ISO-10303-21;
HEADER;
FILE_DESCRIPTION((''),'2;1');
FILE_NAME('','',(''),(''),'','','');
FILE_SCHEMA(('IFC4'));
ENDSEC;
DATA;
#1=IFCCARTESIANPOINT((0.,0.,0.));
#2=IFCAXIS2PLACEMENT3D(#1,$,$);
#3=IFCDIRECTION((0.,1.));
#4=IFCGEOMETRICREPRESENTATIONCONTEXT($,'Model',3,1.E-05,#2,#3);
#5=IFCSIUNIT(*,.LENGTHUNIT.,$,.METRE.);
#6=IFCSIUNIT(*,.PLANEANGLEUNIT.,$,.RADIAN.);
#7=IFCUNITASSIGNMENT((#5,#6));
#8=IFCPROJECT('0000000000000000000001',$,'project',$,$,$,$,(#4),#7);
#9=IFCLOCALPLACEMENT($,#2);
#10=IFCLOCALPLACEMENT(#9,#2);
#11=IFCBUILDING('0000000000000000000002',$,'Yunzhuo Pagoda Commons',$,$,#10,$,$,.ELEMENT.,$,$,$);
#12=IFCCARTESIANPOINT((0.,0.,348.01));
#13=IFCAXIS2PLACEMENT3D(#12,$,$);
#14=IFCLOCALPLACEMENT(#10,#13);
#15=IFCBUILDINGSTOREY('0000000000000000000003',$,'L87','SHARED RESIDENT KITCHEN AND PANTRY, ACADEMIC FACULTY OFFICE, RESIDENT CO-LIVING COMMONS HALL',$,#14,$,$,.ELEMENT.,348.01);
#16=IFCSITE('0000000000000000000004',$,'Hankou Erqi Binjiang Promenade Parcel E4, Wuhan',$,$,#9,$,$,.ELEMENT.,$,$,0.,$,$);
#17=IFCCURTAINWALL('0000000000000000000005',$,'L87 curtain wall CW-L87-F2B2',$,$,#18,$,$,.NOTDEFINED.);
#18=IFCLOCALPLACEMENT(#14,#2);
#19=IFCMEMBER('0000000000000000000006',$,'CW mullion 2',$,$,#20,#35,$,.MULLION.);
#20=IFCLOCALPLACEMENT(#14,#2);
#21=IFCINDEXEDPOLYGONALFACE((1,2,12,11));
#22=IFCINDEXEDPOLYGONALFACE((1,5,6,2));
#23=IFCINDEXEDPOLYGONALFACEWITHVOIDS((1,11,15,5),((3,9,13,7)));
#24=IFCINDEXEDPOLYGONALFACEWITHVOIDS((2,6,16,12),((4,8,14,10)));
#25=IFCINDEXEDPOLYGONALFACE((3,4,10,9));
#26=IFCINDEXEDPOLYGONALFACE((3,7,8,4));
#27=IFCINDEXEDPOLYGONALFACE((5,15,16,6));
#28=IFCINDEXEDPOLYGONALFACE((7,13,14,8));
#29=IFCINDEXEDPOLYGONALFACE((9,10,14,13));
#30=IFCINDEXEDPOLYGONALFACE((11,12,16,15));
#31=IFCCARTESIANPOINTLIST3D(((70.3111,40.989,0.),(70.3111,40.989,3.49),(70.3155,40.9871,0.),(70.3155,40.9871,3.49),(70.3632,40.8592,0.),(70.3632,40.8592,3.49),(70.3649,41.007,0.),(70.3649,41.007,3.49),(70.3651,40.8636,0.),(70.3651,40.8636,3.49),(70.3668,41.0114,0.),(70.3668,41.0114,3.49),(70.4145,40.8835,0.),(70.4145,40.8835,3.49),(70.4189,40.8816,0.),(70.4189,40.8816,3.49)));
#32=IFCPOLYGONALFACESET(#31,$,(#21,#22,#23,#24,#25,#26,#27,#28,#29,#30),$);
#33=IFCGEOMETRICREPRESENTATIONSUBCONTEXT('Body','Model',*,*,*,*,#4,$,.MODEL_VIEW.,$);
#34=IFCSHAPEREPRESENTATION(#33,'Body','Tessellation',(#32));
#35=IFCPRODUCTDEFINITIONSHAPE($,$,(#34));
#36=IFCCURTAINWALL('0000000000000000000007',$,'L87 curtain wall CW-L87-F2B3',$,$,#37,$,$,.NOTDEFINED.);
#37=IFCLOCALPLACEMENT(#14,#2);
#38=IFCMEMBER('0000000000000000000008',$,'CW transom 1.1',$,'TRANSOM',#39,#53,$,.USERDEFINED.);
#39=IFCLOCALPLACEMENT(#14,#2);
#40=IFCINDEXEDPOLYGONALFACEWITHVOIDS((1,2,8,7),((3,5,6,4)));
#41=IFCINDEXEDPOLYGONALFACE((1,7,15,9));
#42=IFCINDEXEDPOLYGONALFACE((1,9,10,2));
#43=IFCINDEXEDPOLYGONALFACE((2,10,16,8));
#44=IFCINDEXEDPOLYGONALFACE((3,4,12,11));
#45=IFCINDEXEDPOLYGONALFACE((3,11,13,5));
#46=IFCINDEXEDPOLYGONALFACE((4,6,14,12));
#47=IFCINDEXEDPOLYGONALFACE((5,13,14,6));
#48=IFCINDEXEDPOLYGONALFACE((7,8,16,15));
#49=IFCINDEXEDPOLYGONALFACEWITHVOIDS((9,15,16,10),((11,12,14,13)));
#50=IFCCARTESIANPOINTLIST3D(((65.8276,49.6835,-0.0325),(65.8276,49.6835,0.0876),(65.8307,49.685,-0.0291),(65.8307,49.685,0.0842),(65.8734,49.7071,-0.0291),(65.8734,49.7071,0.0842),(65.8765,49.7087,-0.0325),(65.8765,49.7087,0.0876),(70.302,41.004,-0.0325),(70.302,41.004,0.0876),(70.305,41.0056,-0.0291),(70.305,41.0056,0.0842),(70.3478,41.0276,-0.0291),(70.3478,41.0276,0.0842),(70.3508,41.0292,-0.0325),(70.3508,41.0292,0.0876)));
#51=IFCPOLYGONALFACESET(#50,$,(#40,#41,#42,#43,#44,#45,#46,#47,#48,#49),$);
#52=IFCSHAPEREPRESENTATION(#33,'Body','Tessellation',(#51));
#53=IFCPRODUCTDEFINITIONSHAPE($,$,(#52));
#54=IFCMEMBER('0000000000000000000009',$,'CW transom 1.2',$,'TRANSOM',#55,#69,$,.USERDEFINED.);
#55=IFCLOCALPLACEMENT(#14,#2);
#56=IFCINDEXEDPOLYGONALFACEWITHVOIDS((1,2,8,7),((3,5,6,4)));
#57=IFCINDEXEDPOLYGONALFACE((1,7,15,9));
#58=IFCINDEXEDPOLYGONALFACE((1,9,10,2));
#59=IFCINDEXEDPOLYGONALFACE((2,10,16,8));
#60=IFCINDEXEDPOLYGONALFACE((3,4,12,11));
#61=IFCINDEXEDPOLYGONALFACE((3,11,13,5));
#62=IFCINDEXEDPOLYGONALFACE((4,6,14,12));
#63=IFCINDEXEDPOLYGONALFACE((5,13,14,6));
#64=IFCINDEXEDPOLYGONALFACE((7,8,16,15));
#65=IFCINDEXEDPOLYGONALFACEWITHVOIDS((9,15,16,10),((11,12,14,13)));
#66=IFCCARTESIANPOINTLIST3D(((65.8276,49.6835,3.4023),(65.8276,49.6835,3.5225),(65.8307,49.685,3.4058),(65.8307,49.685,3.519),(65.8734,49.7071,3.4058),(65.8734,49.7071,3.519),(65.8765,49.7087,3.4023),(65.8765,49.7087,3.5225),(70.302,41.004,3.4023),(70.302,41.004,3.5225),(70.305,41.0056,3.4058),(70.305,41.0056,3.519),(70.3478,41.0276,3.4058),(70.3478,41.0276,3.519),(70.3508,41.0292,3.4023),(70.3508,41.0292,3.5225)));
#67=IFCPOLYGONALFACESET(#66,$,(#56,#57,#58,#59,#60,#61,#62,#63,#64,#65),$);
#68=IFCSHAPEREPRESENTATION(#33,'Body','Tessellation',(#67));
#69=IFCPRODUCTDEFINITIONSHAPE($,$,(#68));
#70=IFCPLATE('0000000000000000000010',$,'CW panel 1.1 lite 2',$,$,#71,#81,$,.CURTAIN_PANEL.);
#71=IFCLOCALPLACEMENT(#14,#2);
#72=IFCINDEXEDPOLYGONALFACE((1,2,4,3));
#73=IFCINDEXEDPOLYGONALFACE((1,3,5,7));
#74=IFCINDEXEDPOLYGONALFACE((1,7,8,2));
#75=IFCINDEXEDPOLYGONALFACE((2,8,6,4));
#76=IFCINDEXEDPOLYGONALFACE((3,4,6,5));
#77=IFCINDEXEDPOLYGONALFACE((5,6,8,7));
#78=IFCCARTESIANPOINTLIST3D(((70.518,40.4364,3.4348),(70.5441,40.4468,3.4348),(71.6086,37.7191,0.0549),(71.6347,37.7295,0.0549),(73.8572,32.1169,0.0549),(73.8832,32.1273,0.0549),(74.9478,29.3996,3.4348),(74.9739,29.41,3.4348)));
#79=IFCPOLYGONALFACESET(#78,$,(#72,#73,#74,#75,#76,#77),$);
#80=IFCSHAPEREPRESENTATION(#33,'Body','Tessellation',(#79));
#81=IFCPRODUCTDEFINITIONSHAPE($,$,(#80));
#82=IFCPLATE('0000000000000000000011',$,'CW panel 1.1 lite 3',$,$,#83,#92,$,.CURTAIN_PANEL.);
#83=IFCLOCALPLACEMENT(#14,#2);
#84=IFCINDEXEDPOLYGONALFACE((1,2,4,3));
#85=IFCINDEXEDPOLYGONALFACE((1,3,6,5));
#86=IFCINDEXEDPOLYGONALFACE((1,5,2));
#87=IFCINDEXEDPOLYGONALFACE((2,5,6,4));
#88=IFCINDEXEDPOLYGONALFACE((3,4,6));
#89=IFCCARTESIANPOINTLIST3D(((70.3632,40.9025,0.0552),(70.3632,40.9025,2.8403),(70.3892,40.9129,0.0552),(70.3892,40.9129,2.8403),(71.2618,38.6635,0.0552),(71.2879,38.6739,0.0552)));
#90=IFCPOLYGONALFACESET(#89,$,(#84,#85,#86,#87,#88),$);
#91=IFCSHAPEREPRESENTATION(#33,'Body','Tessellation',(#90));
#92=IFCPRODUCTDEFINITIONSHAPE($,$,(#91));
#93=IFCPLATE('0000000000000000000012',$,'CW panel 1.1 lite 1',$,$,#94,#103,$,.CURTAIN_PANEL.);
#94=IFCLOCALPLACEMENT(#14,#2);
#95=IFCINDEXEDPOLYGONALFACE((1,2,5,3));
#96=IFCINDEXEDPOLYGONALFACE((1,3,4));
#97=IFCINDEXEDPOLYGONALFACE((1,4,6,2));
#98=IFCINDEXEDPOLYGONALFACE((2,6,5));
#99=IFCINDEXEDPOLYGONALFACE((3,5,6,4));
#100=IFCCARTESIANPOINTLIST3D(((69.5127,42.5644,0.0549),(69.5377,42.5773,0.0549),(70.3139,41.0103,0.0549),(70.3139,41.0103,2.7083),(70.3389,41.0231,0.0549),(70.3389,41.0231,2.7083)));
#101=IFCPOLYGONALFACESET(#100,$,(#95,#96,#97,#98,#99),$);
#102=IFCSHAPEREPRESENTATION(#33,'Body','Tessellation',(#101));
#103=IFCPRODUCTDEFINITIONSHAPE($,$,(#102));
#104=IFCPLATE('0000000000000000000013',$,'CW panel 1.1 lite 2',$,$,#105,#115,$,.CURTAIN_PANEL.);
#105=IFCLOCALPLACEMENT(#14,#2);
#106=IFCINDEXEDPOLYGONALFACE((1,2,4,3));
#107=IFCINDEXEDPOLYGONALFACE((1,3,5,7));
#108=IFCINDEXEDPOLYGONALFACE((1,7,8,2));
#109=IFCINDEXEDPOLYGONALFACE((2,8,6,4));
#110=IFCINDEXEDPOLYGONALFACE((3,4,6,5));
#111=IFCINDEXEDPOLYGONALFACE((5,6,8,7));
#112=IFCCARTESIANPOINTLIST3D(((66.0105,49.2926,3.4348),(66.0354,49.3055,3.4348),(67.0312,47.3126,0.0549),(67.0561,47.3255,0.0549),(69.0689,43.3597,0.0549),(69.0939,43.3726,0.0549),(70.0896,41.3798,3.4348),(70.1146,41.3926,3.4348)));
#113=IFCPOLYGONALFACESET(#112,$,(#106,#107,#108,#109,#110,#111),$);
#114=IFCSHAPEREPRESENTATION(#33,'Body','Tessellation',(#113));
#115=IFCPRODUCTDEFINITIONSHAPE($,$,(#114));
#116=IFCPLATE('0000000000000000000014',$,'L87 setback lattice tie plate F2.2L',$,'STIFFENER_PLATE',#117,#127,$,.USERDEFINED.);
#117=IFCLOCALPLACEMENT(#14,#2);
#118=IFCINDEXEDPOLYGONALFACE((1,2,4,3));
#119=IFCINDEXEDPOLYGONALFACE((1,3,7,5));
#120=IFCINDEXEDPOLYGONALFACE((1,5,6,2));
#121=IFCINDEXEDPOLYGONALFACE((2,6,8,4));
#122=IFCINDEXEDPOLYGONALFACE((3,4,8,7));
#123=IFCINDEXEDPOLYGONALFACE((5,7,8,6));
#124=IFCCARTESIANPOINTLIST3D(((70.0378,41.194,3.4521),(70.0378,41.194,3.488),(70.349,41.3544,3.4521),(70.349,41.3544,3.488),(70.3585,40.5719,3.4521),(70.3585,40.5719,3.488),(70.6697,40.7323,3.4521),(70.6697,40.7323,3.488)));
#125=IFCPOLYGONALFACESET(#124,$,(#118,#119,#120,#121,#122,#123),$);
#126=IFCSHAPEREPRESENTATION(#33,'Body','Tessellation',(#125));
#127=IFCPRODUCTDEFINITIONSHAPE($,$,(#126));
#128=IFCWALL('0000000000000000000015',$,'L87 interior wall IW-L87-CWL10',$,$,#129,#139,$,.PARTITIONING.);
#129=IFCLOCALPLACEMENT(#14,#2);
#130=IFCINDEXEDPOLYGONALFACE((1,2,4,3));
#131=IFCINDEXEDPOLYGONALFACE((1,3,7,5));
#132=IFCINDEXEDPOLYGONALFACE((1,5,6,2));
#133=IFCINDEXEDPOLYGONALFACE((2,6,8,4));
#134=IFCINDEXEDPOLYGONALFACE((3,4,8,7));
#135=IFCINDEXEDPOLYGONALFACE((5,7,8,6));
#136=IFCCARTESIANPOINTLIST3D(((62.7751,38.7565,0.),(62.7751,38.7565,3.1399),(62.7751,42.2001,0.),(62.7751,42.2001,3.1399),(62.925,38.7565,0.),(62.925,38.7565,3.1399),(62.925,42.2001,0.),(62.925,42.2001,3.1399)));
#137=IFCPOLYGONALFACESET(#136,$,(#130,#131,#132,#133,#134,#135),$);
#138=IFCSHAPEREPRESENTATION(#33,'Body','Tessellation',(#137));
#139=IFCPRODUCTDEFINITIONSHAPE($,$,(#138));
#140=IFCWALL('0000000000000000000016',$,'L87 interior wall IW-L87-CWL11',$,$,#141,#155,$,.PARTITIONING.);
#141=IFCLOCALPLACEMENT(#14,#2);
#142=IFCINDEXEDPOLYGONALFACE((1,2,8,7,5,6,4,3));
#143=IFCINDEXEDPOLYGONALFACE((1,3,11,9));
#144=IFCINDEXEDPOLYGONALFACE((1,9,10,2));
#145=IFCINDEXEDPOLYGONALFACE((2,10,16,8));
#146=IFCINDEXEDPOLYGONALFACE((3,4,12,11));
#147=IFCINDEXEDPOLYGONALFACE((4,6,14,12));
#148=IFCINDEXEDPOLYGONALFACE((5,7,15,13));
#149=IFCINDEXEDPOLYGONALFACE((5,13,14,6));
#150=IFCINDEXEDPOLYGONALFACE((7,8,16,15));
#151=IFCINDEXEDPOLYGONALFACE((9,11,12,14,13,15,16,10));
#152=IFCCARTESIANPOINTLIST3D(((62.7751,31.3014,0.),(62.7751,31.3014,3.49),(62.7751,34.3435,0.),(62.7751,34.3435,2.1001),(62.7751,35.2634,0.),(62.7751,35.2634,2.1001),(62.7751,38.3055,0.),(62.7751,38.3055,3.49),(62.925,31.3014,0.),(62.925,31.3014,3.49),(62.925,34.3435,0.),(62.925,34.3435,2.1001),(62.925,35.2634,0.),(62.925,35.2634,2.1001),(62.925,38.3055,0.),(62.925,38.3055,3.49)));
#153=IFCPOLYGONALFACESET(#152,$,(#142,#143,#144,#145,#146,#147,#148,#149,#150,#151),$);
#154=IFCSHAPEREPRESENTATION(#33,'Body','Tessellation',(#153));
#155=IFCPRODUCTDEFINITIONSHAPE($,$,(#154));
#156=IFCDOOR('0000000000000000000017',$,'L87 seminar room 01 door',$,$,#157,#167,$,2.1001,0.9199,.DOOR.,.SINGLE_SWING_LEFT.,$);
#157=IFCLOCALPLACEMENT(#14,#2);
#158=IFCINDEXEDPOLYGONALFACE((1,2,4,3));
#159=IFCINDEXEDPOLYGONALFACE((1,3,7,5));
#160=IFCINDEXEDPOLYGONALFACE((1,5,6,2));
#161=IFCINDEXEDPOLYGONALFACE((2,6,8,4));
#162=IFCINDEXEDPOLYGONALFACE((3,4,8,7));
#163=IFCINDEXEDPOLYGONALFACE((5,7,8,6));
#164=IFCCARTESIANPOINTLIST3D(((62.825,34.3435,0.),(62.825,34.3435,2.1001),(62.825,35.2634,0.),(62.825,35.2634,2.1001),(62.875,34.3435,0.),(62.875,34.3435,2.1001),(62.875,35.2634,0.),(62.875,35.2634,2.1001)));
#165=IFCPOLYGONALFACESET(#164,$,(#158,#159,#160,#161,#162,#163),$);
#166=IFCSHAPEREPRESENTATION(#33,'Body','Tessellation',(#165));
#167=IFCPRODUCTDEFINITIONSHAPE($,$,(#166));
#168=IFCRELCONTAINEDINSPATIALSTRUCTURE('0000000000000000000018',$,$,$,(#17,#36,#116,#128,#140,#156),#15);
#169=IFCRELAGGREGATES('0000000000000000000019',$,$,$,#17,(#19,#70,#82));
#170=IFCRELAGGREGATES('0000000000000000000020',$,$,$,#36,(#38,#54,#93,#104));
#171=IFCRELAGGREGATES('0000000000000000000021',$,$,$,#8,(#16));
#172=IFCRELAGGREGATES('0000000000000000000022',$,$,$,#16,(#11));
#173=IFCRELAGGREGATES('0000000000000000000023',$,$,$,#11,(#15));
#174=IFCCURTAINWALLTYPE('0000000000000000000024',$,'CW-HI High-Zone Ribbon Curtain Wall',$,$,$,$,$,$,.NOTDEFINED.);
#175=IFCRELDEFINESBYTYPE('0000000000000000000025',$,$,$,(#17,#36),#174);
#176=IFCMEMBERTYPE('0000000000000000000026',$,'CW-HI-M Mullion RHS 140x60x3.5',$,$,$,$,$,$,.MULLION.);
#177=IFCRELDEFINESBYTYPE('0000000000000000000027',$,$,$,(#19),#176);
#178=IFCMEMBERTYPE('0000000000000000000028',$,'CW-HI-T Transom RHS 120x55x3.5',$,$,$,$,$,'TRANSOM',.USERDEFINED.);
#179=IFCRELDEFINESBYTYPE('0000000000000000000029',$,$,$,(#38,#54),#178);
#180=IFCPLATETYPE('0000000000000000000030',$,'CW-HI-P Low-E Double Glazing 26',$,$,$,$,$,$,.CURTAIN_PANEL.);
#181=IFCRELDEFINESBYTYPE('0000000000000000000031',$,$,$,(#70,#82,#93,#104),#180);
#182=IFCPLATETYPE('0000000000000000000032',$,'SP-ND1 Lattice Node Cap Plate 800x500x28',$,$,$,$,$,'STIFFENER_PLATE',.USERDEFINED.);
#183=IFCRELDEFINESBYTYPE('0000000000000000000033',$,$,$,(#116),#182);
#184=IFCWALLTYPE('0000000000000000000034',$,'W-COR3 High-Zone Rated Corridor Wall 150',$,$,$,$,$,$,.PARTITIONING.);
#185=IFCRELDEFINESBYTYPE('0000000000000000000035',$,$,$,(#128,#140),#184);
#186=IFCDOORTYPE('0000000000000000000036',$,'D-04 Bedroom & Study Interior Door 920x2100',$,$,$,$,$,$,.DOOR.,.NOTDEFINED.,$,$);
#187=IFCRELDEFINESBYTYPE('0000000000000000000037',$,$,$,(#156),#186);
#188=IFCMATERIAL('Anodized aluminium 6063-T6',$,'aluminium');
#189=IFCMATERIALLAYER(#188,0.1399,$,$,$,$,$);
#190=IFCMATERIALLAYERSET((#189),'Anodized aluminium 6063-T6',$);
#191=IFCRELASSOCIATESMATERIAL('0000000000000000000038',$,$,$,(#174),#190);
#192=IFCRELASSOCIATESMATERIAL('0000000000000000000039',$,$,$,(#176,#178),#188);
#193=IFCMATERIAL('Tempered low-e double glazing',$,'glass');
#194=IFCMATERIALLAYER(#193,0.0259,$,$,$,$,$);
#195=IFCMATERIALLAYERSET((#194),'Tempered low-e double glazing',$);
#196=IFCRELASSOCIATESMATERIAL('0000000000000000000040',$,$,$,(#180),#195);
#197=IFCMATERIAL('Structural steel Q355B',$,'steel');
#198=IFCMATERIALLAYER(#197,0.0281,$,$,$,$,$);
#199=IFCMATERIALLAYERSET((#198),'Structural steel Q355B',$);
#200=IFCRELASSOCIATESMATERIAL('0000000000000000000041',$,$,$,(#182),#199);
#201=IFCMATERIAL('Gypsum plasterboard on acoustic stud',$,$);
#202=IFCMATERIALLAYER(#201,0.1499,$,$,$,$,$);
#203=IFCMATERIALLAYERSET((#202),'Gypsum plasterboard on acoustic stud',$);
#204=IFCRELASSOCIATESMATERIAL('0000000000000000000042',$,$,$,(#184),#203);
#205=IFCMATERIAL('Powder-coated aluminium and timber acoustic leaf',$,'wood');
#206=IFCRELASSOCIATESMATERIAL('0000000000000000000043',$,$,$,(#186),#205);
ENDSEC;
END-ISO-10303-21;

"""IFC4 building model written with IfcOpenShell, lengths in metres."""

from ifc_helpers import new_model, si_unit, direction, frame, frame_2d, origin, origin_with_axes, origin_2d, place, context, subcontext, project, spatial, polyline, rectangle, hollow_rectangle, outline, extrude, source, transform, mapped, material, layer, layer_set, material_profile, profile_set, type_object, element, fill, aggregate, save


model = new_model("IFC4")

# Units and contexts
model_context = context("Model", 3, precision=1e-05, world=origin(), true_north=direction((0.0, 1.0)))
body_context = subcontext(model_context, "Body", "Model", "MODEL_VIEW")
ifc_project = project(units=[si_unit("LENGTHUNIT", "METRE"), si_unit("PLANEANGLEUNIT", "RADIAN")], contexts=[model_context])

# Site, building, storey
site_placement = place(None, origin())
site = spatial("IfcSite", under=ifc_project, at=site_placement, Name="Hankou Erqi Binjiang Promenade Parcel E4, Wuhan", CompositionType="ELEMENT", RefElevation=0.0)
building_placement = place(site_placement, origin())
building = spatial("IfcBuilding", under=site, at=building_placement, Name="Yunzhuo Pagoda Commons", CompositionType="ELEMENT")
storey_placement = place(building_placement, frame((0.0, 0.0, 348.01)))
storey = spatial("IfcBuildingStorey", under=building, at=storey_placement, Name="L87", Description="SHARED RESIDENT KITCHEN AND PANTRY, ACADEMIC FACULTY OFFICE, RESIDENT CO-LIVING COMMONS HALL", CompositionType="ELEMENT", Elevation=348.01)

# Shared definitions
ifc_material_1 = material(Name="Structural steel Q355B", Category="steel")

# Curtain wall, member
ifc_material_2 = material(Name="Anodized aluminium 6063-T6", Category="aluminium")
ifc_layer_1 = layer(ifc_material_2, 0.1399)
ifc_layer_set_1 = layer_set([ifc_layer_1], Name="Anodized aluminium 6063-T6")
curtain_wall_type = type_object("IfcCurtainWallType", Name="CW-HI High-Zone Ribbon Curtain Wall", PredefinedType="NOTDEFINED", material=ifc_layer_set_1)
curtain_wall_1_placement = place(storey_placement, origin())
curtain_wall_1 = element("IfcCurtainWall", 1, at=curtain_wall_1_placement, inside=storey, type_object=curtain_wall_type, Name="L87 curtain wall CW-L87-F2B2", PredefinedType="NOTDEFINED")
ifc_material_profile_1 = material_profile(ifc_material_2, hollow_rectangle(XDim=0.0601, YDim=0.1399, WallThickness=0.0034, at=origin_2d()), Name="Anodized aluminium 6063-T6")
ifc_profile_set_1 = profile_set([ifc_material_profile_1], Name="Anodized aluminium 6063-T6")
member_type_1 = type_object("IfcMemberType", Name="CW-HI-M Mullion RHS 140x60x3.5", PredefinedType="MULLION", material=ifc_profile_set_1)
shared_shape_1 = source(origin(), body_context, "Body", "SweptSolid", [
    extrude(hollow_rectangle(XDim=0.0601, YDim=0.1399, WallThickness=0.0034, at=origin_2d()), origin(), (0.0, 0.0, 1.0), 3.49),
])
member_1_placement = place(storey_placement, frame((70.365, 40.9353, 0.0), z_axis=(0.0, 0.0, 1.0), x_axis=(-0.928039, -0.372483, 0.0)))
member_1 = element("IfcMember", 2, at=member_1_placement, type_object=member_type_1, Name="CW mullion 2", PredefinedType="MULLION", context=body_context, shape_type="MappedRepresentation", body=[
    mapped(shared_shape_1, transform((0.0, 0.0, 0.0), scale=1.0)),
])

# Curtain wall, members
curtain_wall_2_placement = place(storey_placement, origin())
curtain_wall_2 = element("IfcCurtainWall", 3, at=curtain_wall_2_placement, inside=storey, type_object=curtain_wall_type, Name="L87 curtain wall CW-L87-F2B3", PredefinedType="NOTDEFINED")
ifc_material_profile_2 = material_profile(ifc_material_2, hollow_rectangle(XDim=0.0549, YDim=0.1201, WallThickness=0.0034, at=origin_2d()), Name="Anodized aluminium 6063-T6")
ifc_profile_set_2 = profile_set([ifc_material_profile_2], Name="Anodized aluminium 6063-T6")
member_type_2 = type_object("IfcMemberType", Name="CW-HI-T Transom RHS 120x55x3.5", ElementType="TRANSOM", PredefinedType="USERDEFINED", material=ifc_profile_set_2)
shared_shape_2 = source(origin(), body_context, "Body", "SweptSolid", [
    extrude(hollow_rectangle(XDim=0.0549, YDim=0.1201, WallThickness=0.0034, at=origin_2d()), origin(), (0.0, 0.0, 1.0), 9.7649),
])
member_2_placement = place(storey_placement, frame((70.3264, 41.0166, 0.0276), z_axis=(-0.45821, 0.888844, 0.0), x_axis=(-0.888844, -0.45821, 0.0)))
member_2 = element("IfcMember", 4, at=member_2_placement, type_object=member_type_2, Name="CW transom 1.1", ObjectType="TRANSOM", PredefinedType="USERDEFINED", context=body_context, shape_type="MappedRepresentation", body=[
    mapped(shared_shape_2, transform((0.0, 0.0, 0.0), scale=1.0)),
])
member_3_placement = place(storey_placement, frame((70.3264, 41.0166, 3.4624), z_axis=(-0.45821, 0.888844, 0.0), x_axis=(-0.888844, -0.45821, 0.0)))
member_3 = element("IfcMember", 5, at=member_3_placement, type_object=member_type_2, Name="CW transom 1.2", ObjectType="TRANSOM", PredefinedType="USERDEFINED", context=body_context, shape_type="MappedRepresentation", body=[
    mapped(shared_shape_2, transform((0.0, 0.0, 0.0), scale=1.0)),
])

# Plates
ifc_material_3 = material(Name="Tempered low-e double glazing", Category="glass")
ifc_layer_2 = layer(ifc_material_3, 0.0259)
ifc_layer_set_2 = layer_set([ifc_layer_2], Name="Tempered low-e double glazing")
plate_type_1 = type_object("IfcPlateType", Name="CW-HI-P Low-E Double Glazing 26", PredefinedType="CURTAIN_PANEL", material=ifc_layer_set_2)
plate_1_placement = place(storey_placement, frame((72.7329, 34.918, 1.7449), z_axis=(0.928039, 0.372483, 0.0), x_axis=(-0.372483, 0.928039, 0.0)))
plate_1 = element("IfcPlate", 6, at=plate_1_placement, type_object=plate_type_1, Name="CW panel 1.1 lite 2", PredefinedType="CURTAIN_PANEL", context=body_context, shape_type="SweptSolid", body=[
    extrude(outline(polyline([(-5.9463, 1.6899), (-3.0183, -1.6899), (3.0183, -1.6899), (5.9463, 1.6899), (-5.9463, 1.6899)])), origin(), (0.0, 0.0, 1.0), 0.0281),
])
plate_2_placement = place(storey_placement, frame((70.8125, 39.783, 1.4478), z_axis=(0.928039, 0.372483, 0.0), x_axis=(-0.372483, 0.928039, 0.0)))
plate_2 = element("IfcPlate", 7, at=plate_2_placement, type_object=plate_type_1, Name="CW panel 1.1 lite 3", PredefinedType="CURTAIN_PANEL", context=body_context, shape_type="SweptSolid", body=[
    extrude(outline(polyline([(-1.2063, -1.3926), (1.2063, -1.3926), (1.2063, 1.3926), (-1.2063, -1.3926)])), origin(), (0.0, 0.0, 1.0), 0.0281),
])
aggregate(curtain_wall_1, [member_1, plate_1, plate_2])
plate_3_placement = place(storey_placement, frame((69.9133, 41.7874, 1.3816), z_axis=(0.888846, 0.458207, 0.0), x_axis=(-0.458207, 0.888846, 0.0)))
plate_3 = element("IfcPlate", 8, at=plate_3_placement, type_object=plate_type_1, Name="CW panel 1.1 lite 1", PredefinedType="CURTAIN_PANEL", context=body_context, shape_type="SweptSolid", body=[
    extrude(outline(polyline([(-0.8743, -1.3267), (0.8743, -1.3267), (-0.8743, 1.3267), (-0.8743, -1.3267)])), origin(), (0.0, 0.0, 1.0), 0.0281),
])
plate_4_placement = place(storey_placement, frame((68.05, 45.3362, 1.7449), z_axis=(0.888846, 0.458207, 0.0), x_axis=(-0.458207, 0.888846, 0.0)))
plate_4 = element("IfcPlate", 9, at=plate_4_placement, type_object=plate_type_1, Name="CW panel 1.1 lite 2", PredefinedType="CURTAIN_PANEL", context=body_context, shape_type="SweptSolid", body=[
    extrude(outline(polyline([(-4.4512, 1.6899), (-2.2236, -1.6899), (2.2236, -1.6899), (4.4512, 1.6899), (-4.4512, 1.6899)])), origin(), (0.0, 0.0, 1.0), 0.0281),
])
aggregate(curtain_wall_2, [member_2, member_3, plate_3, plate_4])
ifc_layer_3 = layer(ifc_material_1, 0.0281)
ifc_layer_set_3 = layer_set([ifc_layer_3], Name="Structural steel Q355B")
plate_type_2 = type_object("IfcPlateType", Name="SP-ND1 Lattice Node Cap Plate 800x500x28", ElementType="STIFFENER_PLATE", PredefinedType="USERDEFINED", material=ifc_layer_set_3)
shared_shape_3 = source(origin(), body_context, "Body", "SweptSolid", [
    extrude(rectangle(XDim=0.7, YDim=0.3501, at=origin_2d()), origin(), (0.0, 0.0, 1.0), 0.0359),
])
plate_5_placement = place(storey_placement, frame((70.3538, 40.9631, 3.4521), z_axis=(0.0, 0.0, 1.0), x_axis=(-0.4582, 0.888849, 0.0)))
element("IfcPlate", 10, at=plate_5_placement, inside=storey, type_object=plate_type_2, Name="L87 setback lattice tie plate F2.2L", ObjectType="STIFFENER_PLATE", PredefinedType="USERDEFINED", context=body_context, shape_type="MappedRepresentation", body=[
    mapped(shared_shape_3, transform((0.0, 0.0, 0.0), scale=1.0)),
])

# Wall
ifc_material_4 = material(Name="Gypsum plasterboard on acoustic stud")
ifc_layer_4 = layer(ifc_material_4, 0.1499)
ifc_layer_set_4 = layer_set([ifc_layer_4], Name="Gypsum plasterboard on acoustic stud")
wall_type_1 = type_object("IfcWallType", Name="W-COR3 High-Zone Rated Corridor Wall 150", PredefinedType="PARTITIONING", material=ifc_layer_set_4)
wall_1_placement = place(storey_placement, frame((62.8501, 42.2, 0.0), z_axis=(0.0, 0.0, 1.0), x_axis=(0.0, -1.0, 0.0)))
element("IfcWall", 11, at=wall_1_placement, inside=storey, type_object=wall_type_1, Name="L87 interior wall IW-L87-CWL10", PredefinedType="PARTITIONING", context=body_context, shape_type="SweptSolid", body=[
    extrude(rectangle(XDim=3.4436, YDim=0.1499, at=frame_2d((1.7217, 0.0))), origin(), (0.0, 0.0, 1.0), 3.1399),
])

# Wall, opening, door
wall_2_placement = place(storey_placement, frame((62.8501, 38.3054, 0.0), z_axis=(0.0, 0.0, 1.0), x_axis=(0.0, -1.0, 0.0)))
wall_2 = element("IfcWall", 12, at=wall_2_placement, inside=storey, type_object=wall_type_1, Name="L87 interior wall IW-L87-CWL11", PredefinedType="PARTITIONING", context=body_context, shape_type="SweptSolid", body=[
    extrude(rectangle(XDim=7.0042, YDim=0.1499, at=frame_2d((3.502, 0.0))), origin(), (0.0, 0.0, 1.0), 3.49),
])
opening_placement = place(wall_2_placement, frame((3.042, 0.0, 0.0)))
opening = element("IfcOpeningElement", 13, at=opening_placement, cuts=wall_2, PredefinedType="OPENING", context=body_context, shape_type="SweptSolid", body=[
    extrude(rectangle(XDim=0.9199, YDim=2.1001, at=frame_2d((0.46, 1.05))), frame((0.0, 0.085, 0.0), z_axis=(0.0, -1.0, 0.0), x_axis=(1.0, 0.0, 0.0)), (0.0, 0.0, 1.0), 0.1699),
])
ifc_material_5 = material(Name="Powder-coated aluminium and timber acoustic leaf", Category="wood")
door_type = type_object("IfcDoorType", Name="D-04 Bedroom & Study Interior Door 920x2100", OperationType="NOTDEFINED", PredefinedType="DOOR", material=ifc_material_5)
shared_shape_4 = source(origin(), body_context, "Body", "SweptSolid", [
    extrude(rectangle(XDim=0.9199, YDim=2.1001, at=frame_2d((0.46, 1.05))), frame((0.0, 0.0249, 0.0), z_axis=(0.0, -1.0, 0.0), x_axis=(1.0, 0.0, 0.0)), (0.0, 0.0, 1.0), 0.05),
])
door_placement = place(opening_placement, origin_with_axes())
door = element("IfcDoor", 14, at=door_placement, inside=storey, type_object=door_type, Name="L87 seminar room 01 door", OperationType="SINGLE_SWING_LEFT", OverallHeight=2.1001, OverallWidth=0.9199, PredefinedType="DOOR", context=body_context, shape_type="MappedRepresentation", body=[
    mapped(shared_shape_4, transform((0.0, 0.0, 0.0), scale=1.0)),
])
fill(opening, door)

save(model, "model.ifc")
